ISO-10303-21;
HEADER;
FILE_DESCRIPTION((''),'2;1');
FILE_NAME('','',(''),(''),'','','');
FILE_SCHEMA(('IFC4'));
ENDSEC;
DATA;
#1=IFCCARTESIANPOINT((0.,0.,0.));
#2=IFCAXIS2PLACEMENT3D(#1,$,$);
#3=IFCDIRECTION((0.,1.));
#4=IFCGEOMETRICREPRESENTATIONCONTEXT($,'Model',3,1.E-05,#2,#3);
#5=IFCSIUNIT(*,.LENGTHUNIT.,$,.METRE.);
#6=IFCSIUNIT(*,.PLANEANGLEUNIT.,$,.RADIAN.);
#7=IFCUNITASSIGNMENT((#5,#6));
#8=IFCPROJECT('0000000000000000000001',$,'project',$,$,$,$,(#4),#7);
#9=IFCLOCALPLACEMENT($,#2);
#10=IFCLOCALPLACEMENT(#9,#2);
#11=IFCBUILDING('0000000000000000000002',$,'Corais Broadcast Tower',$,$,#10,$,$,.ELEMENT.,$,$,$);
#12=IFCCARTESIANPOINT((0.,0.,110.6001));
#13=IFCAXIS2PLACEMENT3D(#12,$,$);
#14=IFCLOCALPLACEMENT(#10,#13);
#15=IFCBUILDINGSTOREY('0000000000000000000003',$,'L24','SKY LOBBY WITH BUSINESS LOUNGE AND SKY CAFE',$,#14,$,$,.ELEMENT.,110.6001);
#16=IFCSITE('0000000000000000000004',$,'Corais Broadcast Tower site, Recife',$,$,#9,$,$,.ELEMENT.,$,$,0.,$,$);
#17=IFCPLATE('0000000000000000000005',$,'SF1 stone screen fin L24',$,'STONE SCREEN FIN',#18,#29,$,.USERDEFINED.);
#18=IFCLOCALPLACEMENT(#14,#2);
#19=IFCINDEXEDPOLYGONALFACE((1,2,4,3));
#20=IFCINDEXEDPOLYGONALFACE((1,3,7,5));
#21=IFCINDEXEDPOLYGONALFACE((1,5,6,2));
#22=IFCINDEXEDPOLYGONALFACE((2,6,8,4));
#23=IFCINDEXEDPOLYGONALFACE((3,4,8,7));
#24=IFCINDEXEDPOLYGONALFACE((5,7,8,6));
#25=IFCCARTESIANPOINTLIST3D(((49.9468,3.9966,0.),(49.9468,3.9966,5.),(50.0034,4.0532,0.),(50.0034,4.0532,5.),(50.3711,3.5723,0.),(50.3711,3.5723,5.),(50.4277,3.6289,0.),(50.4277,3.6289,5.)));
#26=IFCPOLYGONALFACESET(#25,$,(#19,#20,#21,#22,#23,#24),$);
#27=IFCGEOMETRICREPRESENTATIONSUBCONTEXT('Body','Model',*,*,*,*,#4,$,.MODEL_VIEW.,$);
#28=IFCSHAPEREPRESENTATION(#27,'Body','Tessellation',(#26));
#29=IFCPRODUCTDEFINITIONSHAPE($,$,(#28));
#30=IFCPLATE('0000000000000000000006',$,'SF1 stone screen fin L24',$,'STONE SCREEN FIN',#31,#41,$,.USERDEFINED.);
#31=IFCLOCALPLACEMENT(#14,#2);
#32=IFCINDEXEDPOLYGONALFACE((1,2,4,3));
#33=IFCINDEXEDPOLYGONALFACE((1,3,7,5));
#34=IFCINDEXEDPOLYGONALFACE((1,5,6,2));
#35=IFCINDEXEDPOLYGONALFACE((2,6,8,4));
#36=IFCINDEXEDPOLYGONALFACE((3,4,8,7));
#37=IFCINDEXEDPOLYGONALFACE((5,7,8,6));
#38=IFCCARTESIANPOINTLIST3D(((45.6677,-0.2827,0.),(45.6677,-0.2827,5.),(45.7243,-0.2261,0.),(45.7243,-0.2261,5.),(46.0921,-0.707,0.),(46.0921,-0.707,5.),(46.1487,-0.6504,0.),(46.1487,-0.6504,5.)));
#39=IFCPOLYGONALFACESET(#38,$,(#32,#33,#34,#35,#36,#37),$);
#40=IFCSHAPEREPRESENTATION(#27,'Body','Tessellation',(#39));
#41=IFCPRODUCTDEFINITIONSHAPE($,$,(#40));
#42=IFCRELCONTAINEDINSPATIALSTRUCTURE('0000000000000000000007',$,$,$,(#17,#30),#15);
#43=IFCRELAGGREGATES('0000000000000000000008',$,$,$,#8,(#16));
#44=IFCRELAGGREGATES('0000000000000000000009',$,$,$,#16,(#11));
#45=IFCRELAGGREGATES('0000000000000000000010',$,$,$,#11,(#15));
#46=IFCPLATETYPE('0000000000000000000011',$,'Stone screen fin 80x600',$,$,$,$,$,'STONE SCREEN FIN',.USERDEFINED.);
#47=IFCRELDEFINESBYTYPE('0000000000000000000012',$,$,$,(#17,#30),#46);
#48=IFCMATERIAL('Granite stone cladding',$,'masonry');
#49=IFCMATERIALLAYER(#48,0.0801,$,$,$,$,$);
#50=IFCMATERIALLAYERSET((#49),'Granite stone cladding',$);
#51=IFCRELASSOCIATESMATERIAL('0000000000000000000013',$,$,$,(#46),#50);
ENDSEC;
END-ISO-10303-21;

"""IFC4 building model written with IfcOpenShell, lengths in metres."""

from ifc_helpers import new_model, si_unit, direction, frame, origin, origin_2d, place, context, subcontext, project, spatial, rectangle, extrude, material, layer, layer_set, type_object, element, save


model = new_model("IFC4")

# Units and contexts
model_context = context("Model", 3, precision=1e-05, world=origin(), true_north=direction((0.0, 1.0)))
body_context = subcontext(model_context, "Body", "Model", "MODEL_VIEW")
ifc_project = project(units=[si_unit("LENGTHUNIT", "METRE"), si_unit("PLANEANGLEUNIT", "RADIAN")], contexts=[model_context])

# Site, building, storey
site_placement = place(None, origin())
site = spatial("IfcSite", under=ifc_project, at=site_placement, Name="Corais Broadcast Tower site, Recife", CompositionType="ELEMENT", RefElevation=0.0)
building_placement = place(site_placement, origin())
building = spatial("IfcBuilding", under=site, at=building_placement, Name="Corais Broadcast Tower", CompositionType="ELEMENT")
storey_placement = place(building_placement, frame((0.0, 0.0, 110.6001)))
storey = spatial("IfcBuildingStorey", under=building, at=storey_placement, Name="L24", Description="SKY LOBBY WITH BUSINESS LOUNGE AND SKY CAFE", CompositionType="ELEMENT", Elevation=110.6001)

# Plates
ifc_material_1 = material(Name="Granite stone cladding", Category="masonry")
ifc_layer_1 = layer(ifc_material_1, 0.0801)
ifc_layer_set_1 = layer_set([ifc_layer_1], Name="Granite stone cladding")
plate_type_1 = type_object("IfcPlateType", Name="Stone screen fin 80x600", ElementType="STONE SCREEN FIN", PredefinedType="USERDEFINED", material=ifc_layer_set_1)
for number, where, z_axis, x_axis, name in (
    (1, (50.1873, 3.8127, 0.0), (0.0, 0.0, 1.0), (-0.707107, -0.707107, 0.0), "SF1 stone screen fin L24"),
    (2, (45.9082, -0.4666, 0.0), (0.0, 0.0, 1.0), (-0.707107, -0.707107, 0.0), "SF1 stone screen fin L24"),
):
    element("IfcPlate", number, at=place(storey_placement, frame(where, z_axis=z_axis, x_axis=x_axis)), inside=storey, type_object=plate_type_1, Name=name, ObjectType="STONE SCREEN FIN", PredefinedType="USERDEFINED", context=body_context, shape_type="SweptSolid", body=[
        extrude(rectangle(XDim=0.0801, YDim=0.6001, at=origin_2d()), origin(), (0.0, 0.0, 1.0), 5.0),
    ])

save(model, "model.ifc")
